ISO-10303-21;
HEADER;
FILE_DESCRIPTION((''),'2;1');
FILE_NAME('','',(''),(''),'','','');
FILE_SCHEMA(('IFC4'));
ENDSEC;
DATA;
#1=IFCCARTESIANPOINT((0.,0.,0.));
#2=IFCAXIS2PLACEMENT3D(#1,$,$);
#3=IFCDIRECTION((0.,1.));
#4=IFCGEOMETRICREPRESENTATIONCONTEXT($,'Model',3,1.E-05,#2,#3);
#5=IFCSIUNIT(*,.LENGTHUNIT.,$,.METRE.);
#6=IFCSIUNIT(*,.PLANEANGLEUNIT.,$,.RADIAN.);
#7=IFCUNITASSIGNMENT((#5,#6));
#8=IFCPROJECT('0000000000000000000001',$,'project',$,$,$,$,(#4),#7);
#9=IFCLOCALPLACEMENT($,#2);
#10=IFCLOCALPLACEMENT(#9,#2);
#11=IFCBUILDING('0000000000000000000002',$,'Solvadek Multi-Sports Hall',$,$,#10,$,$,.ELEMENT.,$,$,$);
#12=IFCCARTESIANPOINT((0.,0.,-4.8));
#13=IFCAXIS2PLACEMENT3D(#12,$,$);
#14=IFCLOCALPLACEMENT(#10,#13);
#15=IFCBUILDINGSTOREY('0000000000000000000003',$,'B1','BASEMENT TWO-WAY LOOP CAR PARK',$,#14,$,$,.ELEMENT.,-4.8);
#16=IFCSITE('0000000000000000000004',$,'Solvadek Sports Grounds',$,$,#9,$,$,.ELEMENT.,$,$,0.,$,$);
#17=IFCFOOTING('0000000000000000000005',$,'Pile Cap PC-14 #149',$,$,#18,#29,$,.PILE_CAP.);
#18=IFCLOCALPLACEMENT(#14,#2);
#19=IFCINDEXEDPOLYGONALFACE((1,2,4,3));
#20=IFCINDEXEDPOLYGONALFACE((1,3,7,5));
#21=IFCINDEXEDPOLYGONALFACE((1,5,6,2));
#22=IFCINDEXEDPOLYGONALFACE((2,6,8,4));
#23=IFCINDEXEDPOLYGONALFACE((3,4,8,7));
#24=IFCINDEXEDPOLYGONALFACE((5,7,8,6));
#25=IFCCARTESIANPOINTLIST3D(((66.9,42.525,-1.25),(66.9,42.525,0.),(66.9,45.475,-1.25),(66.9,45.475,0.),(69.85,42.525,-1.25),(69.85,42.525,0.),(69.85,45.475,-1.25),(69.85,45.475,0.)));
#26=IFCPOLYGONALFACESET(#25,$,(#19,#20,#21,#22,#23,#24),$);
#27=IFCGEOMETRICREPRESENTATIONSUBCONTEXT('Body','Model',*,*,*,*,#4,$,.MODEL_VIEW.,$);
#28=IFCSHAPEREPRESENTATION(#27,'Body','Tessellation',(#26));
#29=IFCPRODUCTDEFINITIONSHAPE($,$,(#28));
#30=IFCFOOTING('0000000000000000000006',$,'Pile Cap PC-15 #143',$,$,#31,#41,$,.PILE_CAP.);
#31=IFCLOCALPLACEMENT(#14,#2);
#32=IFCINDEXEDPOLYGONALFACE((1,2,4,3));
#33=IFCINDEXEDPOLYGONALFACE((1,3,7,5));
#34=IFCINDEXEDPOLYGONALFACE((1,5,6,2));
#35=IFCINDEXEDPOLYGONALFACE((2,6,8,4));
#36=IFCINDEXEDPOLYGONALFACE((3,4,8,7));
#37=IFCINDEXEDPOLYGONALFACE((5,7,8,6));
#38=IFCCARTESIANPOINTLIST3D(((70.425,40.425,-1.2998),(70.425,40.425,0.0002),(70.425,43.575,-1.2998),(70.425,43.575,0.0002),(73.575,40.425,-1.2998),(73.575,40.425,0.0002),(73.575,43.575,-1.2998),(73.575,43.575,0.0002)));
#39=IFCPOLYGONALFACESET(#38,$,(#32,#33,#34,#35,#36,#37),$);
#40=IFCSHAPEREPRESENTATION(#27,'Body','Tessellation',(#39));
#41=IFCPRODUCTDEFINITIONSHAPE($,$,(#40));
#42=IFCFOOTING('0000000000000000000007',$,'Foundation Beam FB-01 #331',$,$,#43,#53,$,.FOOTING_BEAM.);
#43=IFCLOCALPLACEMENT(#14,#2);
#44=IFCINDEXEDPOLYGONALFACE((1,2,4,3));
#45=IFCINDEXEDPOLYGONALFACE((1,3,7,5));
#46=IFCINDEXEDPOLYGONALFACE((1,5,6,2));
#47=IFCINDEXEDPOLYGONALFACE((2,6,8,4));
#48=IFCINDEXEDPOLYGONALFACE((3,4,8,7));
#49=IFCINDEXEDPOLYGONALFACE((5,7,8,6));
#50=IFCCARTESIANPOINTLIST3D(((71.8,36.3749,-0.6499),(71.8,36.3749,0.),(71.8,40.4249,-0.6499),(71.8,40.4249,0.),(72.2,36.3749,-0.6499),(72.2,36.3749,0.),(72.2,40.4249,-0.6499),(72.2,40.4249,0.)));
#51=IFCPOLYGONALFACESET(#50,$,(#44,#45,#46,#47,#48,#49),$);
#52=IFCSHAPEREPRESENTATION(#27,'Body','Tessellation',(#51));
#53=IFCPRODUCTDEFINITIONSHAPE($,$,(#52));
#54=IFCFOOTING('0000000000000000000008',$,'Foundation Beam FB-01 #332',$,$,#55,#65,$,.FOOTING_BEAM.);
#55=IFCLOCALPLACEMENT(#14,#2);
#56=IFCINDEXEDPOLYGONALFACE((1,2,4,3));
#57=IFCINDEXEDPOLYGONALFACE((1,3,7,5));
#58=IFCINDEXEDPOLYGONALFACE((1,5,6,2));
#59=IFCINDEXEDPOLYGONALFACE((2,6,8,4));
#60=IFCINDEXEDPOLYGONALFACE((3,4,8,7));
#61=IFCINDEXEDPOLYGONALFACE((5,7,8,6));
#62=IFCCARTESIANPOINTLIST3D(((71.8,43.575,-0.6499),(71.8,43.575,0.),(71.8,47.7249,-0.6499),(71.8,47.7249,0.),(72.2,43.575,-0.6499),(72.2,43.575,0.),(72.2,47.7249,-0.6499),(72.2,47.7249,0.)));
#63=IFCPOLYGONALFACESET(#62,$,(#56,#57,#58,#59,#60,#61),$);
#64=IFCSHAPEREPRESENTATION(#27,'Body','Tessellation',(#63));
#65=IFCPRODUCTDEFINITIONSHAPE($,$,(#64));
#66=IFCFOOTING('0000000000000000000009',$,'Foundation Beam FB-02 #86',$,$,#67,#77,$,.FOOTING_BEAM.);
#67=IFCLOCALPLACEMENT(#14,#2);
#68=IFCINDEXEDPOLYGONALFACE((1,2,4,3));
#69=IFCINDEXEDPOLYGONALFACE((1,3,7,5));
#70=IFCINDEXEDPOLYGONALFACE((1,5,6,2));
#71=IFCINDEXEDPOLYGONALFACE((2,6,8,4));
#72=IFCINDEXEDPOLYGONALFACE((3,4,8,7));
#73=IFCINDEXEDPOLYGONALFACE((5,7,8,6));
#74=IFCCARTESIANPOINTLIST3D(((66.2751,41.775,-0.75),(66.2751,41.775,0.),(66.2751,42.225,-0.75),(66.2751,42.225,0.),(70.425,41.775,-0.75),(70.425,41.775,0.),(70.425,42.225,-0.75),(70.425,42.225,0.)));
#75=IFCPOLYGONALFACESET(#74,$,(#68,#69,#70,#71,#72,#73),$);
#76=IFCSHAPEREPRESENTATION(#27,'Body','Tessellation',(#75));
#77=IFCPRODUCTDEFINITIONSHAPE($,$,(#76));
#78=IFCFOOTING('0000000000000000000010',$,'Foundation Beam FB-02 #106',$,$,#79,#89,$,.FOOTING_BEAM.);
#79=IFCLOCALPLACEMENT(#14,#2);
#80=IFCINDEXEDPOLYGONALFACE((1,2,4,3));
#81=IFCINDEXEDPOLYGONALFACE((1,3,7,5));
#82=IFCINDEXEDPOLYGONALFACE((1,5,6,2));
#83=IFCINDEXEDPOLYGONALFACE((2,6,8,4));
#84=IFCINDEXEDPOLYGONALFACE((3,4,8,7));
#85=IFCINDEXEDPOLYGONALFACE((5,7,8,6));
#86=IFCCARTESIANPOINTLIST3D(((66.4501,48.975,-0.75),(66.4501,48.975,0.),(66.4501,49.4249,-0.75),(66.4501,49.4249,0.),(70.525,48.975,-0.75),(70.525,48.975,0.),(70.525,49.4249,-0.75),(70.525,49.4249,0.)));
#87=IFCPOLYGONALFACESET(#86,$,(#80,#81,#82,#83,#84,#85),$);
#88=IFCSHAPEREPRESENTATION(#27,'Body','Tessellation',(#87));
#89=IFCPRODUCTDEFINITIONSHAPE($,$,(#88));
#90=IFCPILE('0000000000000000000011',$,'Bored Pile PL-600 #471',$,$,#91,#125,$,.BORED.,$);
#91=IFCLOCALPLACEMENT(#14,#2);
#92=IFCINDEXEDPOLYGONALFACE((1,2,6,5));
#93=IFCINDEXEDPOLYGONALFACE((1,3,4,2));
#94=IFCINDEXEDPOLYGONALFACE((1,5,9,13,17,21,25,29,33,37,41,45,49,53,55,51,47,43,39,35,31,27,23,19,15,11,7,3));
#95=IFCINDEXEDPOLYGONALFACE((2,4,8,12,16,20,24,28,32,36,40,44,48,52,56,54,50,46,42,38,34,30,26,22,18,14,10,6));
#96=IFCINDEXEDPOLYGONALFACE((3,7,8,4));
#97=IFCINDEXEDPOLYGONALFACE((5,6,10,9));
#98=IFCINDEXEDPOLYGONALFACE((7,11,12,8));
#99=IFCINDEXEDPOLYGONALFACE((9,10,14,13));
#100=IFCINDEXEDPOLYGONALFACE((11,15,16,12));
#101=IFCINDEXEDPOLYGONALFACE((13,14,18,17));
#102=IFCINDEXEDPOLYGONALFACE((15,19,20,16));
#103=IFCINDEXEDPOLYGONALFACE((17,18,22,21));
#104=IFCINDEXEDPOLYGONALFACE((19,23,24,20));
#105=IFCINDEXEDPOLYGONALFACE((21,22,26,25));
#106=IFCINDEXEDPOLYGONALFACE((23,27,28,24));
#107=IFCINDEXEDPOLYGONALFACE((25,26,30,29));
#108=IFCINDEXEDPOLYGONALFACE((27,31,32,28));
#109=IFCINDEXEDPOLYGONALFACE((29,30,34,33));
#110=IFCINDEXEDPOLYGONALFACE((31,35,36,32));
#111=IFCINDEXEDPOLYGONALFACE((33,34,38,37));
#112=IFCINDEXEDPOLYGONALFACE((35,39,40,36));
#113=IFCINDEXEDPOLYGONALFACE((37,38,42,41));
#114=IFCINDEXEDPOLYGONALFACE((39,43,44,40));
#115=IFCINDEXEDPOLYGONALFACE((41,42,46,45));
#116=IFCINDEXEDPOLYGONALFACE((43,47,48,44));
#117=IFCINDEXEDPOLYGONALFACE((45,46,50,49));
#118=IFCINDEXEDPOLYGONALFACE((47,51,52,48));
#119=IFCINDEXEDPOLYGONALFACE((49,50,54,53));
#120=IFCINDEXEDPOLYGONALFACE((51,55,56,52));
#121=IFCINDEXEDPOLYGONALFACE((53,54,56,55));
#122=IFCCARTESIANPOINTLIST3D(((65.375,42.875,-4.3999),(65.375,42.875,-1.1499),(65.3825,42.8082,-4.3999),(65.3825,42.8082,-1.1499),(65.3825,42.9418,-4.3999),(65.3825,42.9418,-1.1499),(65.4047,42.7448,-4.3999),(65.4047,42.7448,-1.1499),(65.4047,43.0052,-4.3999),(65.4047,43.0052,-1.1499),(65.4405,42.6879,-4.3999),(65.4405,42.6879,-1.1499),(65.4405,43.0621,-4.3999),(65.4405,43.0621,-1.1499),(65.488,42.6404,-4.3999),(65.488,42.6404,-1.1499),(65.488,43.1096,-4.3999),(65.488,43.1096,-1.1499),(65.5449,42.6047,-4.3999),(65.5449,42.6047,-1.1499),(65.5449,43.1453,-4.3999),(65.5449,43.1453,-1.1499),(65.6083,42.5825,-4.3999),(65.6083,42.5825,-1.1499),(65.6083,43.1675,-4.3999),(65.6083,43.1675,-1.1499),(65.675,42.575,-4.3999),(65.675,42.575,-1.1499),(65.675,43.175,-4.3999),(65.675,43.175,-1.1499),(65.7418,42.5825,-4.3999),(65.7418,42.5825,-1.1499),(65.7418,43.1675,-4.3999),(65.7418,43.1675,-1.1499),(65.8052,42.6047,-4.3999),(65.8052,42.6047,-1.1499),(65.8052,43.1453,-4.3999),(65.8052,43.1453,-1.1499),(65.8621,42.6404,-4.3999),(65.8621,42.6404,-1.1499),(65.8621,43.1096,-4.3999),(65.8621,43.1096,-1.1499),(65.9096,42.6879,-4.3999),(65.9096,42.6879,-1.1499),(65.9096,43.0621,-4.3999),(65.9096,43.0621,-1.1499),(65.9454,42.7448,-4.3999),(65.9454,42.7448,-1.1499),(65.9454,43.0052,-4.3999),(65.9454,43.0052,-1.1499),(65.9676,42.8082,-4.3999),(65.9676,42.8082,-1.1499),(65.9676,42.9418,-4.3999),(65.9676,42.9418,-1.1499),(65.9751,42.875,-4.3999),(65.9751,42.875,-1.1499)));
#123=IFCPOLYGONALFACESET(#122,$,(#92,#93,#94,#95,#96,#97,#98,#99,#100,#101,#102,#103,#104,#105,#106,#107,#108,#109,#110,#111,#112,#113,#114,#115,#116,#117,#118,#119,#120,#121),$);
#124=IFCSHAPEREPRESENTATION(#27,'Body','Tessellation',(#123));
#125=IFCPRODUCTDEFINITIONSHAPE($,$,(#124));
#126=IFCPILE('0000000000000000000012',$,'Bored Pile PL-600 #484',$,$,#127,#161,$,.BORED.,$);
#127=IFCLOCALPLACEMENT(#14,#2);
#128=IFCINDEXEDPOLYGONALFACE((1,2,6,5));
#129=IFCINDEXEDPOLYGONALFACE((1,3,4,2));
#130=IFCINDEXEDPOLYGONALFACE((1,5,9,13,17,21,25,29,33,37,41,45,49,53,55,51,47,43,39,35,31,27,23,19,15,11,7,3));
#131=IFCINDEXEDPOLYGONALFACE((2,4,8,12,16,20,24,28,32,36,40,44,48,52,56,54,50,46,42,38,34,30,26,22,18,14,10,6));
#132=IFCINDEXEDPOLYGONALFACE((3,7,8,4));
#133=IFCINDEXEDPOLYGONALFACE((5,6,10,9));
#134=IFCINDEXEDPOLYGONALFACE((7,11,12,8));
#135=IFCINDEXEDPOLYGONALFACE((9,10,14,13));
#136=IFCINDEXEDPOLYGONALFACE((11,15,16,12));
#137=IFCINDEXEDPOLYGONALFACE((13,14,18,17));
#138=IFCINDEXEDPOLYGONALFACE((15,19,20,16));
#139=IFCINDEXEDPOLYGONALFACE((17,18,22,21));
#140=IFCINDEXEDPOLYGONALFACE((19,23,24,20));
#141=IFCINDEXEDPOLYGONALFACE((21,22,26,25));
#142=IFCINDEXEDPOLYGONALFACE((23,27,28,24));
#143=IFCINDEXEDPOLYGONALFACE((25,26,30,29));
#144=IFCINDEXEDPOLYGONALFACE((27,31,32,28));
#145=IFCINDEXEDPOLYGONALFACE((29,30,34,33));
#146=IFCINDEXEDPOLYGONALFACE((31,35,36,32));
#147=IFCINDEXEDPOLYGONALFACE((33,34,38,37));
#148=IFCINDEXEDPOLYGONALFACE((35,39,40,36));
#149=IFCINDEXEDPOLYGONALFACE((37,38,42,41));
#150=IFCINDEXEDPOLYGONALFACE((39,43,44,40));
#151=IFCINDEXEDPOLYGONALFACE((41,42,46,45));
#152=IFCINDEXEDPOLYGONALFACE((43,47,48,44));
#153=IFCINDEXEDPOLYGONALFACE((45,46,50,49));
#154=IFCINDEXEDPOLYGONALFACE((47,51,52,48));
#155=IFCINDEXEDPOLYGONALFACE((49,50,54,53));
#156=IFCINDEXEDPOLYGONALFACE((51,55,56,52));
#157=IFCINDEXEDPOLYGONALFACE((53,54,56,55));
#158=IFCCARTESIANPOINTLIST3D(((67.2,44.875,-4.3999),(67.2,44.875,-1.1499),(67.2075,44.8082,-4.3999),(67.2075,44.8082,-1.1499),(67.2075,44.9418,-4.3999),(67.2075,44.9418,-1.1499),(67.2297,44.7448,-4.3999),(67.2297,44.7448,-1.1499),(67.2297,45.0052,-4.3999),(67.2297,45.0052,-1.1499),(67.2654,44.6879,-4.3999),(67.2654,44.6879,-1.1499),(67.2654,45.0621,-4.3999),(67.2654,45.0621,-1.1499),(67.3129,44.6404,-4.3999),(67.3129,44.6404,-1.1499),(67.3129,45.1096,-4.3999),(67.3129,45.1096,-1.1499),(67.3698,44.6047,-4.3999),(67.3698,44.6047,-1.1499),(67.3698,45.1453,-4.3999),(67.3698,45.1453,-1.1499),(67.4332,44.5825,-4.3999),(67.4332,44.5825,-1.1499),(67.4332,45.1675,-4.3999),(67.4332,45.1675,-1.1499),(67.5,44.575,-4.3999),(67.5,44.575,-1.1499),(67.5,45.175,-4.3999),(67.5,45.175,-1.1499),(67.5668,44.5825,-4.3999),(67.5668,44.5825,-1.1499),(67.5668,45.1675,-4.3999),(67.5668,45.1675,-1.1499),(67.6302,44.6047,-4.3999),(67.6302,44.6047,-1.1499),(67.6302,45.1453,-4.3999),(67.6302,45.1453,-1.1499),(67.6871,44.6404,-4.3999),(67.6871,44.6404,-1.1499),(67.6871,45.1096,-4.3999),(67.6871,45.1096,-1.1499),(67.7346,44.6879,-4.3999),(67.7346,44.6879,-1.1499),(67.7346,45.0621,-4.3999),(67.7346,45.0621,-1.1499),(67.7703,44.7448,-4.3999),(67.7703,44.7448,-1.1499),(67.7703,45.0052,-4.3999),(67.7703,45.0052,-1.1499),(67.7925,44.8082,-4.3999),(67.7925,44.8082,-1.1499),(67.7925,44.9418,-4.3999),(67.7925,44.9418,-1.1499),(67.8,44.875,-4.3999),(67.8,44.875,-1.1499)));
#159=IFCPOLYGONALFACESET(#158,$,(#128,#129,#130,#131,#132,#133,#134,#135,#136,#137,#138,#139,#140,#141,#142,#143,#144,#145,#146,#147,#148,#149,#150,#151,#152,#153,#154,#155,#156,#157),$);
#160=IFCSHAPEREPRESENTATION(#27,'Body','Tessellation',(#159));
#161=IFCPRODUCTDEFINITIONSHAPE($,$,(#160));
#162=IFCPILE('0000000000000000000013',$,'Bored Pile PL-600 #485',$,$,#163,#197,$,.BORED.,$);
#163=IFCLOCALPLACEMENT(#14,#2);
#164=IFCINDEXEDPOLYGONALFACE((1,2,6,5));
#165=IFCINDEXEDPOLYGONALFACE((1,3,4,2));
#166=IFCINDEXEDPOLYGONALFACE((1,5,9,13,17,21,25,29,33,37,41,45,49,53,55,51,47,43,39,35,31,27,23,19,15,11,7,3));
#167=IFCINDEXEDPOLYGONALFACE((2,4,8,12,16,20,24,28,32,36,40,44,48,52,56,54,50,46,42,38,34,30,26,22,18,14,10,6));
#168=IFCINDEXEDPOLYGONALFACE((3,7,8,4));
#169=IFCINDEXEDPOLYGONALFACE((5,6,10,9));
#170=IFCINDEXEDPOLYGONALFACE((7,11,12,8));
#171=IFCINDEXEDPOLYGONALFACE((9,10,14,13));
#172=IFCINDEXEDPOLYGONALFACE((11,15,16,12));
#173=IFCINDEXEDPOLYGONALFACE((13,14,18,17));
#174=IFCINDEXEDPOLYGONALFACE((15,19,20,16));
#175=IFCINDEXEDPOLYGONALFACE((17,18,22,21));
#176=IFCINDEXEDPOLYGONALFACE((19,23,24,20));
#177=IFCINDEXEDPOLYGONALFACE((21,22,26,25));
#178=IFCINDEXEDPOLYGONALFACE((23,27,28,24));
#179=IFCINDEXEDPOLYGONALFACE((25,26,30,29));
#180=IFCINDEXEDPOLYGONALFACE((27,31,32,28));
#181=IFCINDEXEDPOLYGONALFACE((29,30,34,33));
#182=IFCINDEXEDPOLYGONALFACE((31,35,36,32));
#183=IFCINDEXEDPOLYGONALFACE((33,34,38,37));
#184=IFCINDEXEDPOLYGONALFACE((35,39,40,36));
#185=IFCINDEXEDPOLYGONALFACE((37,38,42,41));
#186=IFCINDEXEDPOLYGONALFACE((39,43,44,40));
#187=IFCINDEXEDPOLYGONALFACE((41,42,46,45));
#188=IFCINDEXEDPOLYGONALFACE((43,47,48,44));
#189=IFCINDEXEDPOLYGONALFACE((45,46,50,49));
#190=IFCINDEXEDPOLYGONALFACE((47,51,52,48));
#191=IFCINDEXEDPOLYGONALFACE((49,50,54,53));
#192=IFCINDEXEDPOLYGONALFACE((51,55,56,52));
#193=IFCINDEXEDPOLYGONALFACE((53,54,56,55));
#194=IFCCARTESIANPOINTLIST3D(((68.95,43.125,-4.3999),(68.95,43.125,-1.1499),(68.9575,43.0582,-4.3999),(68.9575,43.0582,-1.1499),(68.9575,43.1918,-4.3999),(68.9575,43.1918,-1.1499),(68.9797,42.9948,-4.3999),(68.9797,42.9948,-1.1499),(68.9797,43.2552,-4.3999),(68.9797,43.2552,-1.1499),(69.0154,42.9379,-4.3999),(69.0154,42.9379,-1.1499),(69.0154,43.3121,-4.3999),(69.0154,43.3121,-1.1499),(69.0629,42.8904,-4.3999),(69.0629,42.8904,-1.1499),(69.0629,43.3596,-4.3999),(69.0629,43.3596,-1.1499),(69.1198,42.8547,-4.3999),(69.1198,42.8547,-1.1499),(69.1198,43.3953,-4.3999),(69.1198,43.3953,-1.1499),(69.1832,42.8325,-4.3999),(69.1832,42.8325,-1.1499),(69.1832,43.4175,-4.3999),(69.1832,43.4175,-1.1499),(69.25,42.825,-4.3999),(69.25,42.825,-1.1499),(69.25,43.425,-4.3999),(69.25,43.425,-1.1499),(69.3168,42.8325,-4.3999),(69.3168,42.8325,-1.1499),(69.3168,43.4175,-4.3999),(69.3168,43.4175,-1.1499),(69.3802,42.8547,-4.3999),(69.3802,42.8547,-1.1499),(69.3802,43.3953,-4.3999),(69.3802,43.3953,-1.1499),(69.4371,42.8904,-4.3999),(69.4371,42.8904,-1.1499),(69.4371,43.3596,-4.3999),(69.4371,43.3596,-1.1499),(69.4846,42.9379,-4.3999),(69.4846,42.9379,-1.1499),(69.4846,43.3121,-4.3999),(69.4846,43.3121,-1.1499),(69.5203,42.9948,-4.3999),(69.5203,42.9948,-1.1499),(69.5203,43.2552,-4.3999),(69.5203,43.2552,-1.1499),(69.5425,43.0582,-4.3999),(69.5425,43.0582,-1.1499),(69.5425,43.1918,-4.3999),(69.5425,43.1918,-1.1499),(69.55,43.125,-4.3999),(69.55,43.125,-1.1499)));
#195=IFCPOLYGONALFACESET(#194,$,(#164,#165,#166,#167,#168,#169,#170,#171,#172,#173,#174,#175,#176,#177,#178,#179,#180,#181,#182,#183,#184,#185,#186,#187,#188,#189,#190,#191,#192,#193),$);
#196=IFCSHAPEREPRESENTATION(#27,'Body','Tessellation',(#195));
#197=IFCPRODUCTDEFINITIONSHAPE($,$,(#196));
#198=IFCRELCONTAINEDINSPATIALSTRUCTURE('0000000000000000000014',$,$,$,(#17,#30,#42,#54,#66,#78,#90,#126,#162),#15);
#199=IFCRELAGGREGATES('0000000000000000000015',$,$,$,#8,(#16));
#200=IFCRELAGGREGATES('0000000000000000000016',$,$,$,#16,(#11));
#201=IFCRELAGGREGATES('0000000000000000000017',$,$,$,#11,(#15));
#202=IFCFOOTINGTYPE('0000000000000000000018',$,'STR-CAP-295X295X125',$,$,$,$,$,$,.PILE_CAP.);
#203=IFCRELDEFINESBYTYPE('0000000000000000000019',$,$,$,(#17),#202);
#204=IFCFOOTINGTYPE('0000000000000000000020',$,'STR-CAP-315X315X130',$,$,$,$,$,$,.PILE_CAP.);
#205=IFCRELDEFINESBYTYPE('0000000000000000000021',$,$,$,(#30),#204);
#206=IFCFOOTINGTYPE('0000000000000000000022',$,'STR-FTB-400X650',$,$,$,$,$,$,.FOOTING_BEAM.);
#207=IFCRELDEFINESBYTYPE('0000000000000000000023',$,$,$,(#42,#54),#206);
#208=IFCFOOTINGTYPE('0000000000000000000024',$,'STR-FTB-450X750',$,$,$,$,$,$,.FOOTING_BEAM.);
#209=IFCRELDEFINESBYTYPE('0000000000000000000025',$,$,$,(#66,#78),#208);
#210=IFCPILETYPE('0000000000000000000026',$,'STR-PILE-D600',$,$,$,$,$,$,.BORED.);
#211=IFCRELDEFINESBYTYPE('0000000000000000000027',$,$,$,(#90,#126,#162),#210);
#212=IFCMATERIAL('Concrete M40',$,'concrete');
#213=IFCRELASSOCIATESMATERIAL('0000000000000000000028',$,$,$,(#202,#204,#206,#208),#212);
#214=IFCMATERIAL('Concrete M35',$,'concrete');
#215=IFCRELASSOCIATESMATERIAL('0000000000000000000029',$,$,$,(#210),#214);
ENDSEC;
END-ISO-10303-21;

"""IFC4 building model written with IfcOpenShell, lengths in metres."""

from ifc_helpers import new_model, si_unit, direction, frame, origin, origin_2d, place, context, subcontext, project, spatial, rectangle, circle, extrude, material, material_profile, profile_set, type_object, element, save


model = new_model("IFC4")

# Units and contexts
model_context = context("Model", 3, precision=1e-05, world=origin(), true_north=direction((0.0, 1.0)))
body_context = subcontext(model_context, "Body", "Model", "MODEL_VIEW")
ifc_project = project(units=[si_unit("LENGTHUNIT", "METRE"), si_unit("PLANEANGLEUNIT", "RADIAN")], contexts=[model_context])

# Site, building, storey
site_placement = place(None, origin())
site = spatial("IfcSite", under=ifc_project, at=site_placement, Name="Solvadek Sports Grounds", CompositionType="ELEMENT", RefElevation=0.0)
building_placement = place(site_placement, origin())
building = spatial("IfcBuilding", under=site, at=building_placement, Name="Solvadek Multi-Sports Hall", CompositionType="ELEMENT")
storey_placement = place(building_placement, frame((0.0, 0.0, -4.8)))
storey = spatial("IfcBuildingStorey", under=building, at=storey_placement, Name="B1", Description="BASEMENT TWO-WAY LOOP CAR PARK", CompositionType="ELEMENT", Elevation=-4.8)

# Footings
ifc_material_1 = material(Name="Concrete M40", Category="concrete")
footing_type_1 = type_object("IfcFootingType", Name="STR-CAP-295X295X125", PredefinedType="PILE_CAP", material=ifc_material_1)
footing_1_placement = place(storey_placement, frame((68.375, 44.0, -1.25), z_axis=(0.0, 0.0, 1.0), x_axis=(1.0, 0.0, 0.0)))
element("IfcFooting", 1, at=footing_1_placement, inside=storey, type_object=footing_type_1, Name="Pile Cap PC-14 #149", PredefinedType="PILE_CAP", context=body_context, shape_type="SweptSolid", body=[
    extrude(rectangle(XDim=2.95, YDim=2.95, at=origin_2d()), origin(), (0.0, 0.0, 1.0), 1.25),
])
footing_type_2 = type_object("IfcFootingType", Name="STR-CAP-315X315X130", PredefinedType="PILE_CAP", material=ifc_material_1)
footing_2_placement = place(storey_placement, frame((72.0, 42.0, -1.2998), z_axis=(0.0, 0.0, 1.0), x_axis=(1.0, 0.0, 0.0)))
element("IfcFooting", 2, at=footing_2_placement, inside=storey, type_object=footing_type_2, Name="Pile Cap PC-15 #143", PredefinedType="PILE_CAP", context=body_context, shape_type="SweptSolid", body=[
    extrude(rectangle(XDim=3.1499, YDim=3.1499, at=origin_2d()), origin(), (0.0, 0.0, 1.0), 1.3),
])
footing_type_3 = type_object("IfcFootingType", Name="STR-FTB-400X650", PredefinedType="FOOTING_BEAM", material=ifc_material_1)
footing_3_placement = place(storey_placement, frame((72.0, 38.3999, -0.6499), z_axis=(0.0, 0.0, 1.0), x_axis=(0.0, 1.0, 0.0)))
element("IfcFooting", 3, at=footing_3_placement, inside=storey, type_object=footing_type_3, Name="Foundation Beam FB-01 #331", PredefinedType="FOOTING_BEAM", context=body_context, shape_type="SweptSolid", body=[
    extrude(rectangle(XDim=4.05, YDim=0.3999, at=origin_2d()), origin(), (0.0, 0.0, 1.0), 0.6499),
])
footing_4_placement = place(storey_placement, frame((72.0, 45.6499, -0.6499), z_axis=(0.0, 0.0, 1.0), x_axis=(0.0, 1.0, 0.0)))
element("IfcFooting", 4, at=footing_4_placement, inside=storey, type_object=footing_type_3, Name="Foundation Beam FB-01 #332", PredefinedType="FOOTING_BEAM", context=body_context, shape_type="SweptSolid", body=[
    extrude(rectangle(XDim=4.1499, YDim=0.3999, at=origin_2d()), origin(), (0.0, 0.0, 1.0), 0.6499),
])
footing_type_4 = type_object("IfcFootingType", Name="STR-FTB-450X750", PredefinedType="FOOTING_BEAM", material=ifc_material_1)
footing_5_placement = place(storey_placement, frame((68.3501, 42.0, -0.75), z_axis=(0.0, 0.0, 1.0), x_axis=(1.0, 0.0, 0.0)))
element("IfcFooting", 5, at=footing_5_placement, inside=storey, type_object=footing_type_4, Name="Foundation Beam FB-02 #86", PredefinedType="FOOTING_BEAM", context=body_context, shape_type="SweptSolid", body=[
    extrude(rectangle(XDim=4.1499, YDim=0.45, at=origin_2d()), origin(), (0.0, 0.0, 1.0), 0.75),
])
footing_6_placement = place(storey_placement, frame((68.4875, 49.2, -0.75), z_axis=(0.0, 0.0, 1.0), x_axis=(1.0, 0.0, 0.0)))
element("IfcFooting", 6, at=footing_6_placement, inside=storey, type_object=footing_type_4, Name="Foundation Beam FB-02 #106", PredefinedType="FOOTING_BEAM", context=body_context, shape_type="SweptSolid", body=[
    extrude(rectangle(XDim=4.075, YDim=0.45, at=origin_2d()), origin(), (0.0, 0.0, 1.0), 0.75),
])

# Piles
ifc_material_2 = material(Name="Concrete M35", Category="concrete")
ifc_material_profile_1 = material_profile(ifc_material_2, circle(Radius=0.3, at=origin_2d()), Name="BORED PILE D600")
ifc_profile_set_1 = profile_set([ifc_material_profile_1], Name="Concrete M35")
pile_type_1 = type_object("IfcPileType", Name="STR-PILE-D600", PredefinedType="BORED", material=ifc_profile_set_1)
for number, where, z_axis, x_axis, name in (
    (7, (65.675, 42.875, -1.1499), (0.0, 0.0, -1.0), (1.0, 0.0, 0.0), "Bored Pile PL-600 #471"),
    (8, (67.5, 44.875, -1.1499), (0.0, 0.0, -1.0), (1.0, 0.0, 0.0), "Bored Pile PL-600 #484"),
    (9, (69.25, 43.125, -1.1499), (0.0, 0.0, -1.0), (1.0, 0.0, 0.0), "Bored Pile PL-600 #485"),
):
    element("IfcPile", number, at=place(storey_placement, frame(where, z_axis=z_axis, x_axis=x_axis)), inside=storey, type_object=pile_type_1, Name=name, PredefinedType="BORED", context=body_context, shape_type="SweptSolid", body=[
        extrude(circle(Radius=0.3, at=origin_2d()), origin(), (0.0, 0.0, 1.0), 3.25),
    ])

save(model, "model.ifc")
